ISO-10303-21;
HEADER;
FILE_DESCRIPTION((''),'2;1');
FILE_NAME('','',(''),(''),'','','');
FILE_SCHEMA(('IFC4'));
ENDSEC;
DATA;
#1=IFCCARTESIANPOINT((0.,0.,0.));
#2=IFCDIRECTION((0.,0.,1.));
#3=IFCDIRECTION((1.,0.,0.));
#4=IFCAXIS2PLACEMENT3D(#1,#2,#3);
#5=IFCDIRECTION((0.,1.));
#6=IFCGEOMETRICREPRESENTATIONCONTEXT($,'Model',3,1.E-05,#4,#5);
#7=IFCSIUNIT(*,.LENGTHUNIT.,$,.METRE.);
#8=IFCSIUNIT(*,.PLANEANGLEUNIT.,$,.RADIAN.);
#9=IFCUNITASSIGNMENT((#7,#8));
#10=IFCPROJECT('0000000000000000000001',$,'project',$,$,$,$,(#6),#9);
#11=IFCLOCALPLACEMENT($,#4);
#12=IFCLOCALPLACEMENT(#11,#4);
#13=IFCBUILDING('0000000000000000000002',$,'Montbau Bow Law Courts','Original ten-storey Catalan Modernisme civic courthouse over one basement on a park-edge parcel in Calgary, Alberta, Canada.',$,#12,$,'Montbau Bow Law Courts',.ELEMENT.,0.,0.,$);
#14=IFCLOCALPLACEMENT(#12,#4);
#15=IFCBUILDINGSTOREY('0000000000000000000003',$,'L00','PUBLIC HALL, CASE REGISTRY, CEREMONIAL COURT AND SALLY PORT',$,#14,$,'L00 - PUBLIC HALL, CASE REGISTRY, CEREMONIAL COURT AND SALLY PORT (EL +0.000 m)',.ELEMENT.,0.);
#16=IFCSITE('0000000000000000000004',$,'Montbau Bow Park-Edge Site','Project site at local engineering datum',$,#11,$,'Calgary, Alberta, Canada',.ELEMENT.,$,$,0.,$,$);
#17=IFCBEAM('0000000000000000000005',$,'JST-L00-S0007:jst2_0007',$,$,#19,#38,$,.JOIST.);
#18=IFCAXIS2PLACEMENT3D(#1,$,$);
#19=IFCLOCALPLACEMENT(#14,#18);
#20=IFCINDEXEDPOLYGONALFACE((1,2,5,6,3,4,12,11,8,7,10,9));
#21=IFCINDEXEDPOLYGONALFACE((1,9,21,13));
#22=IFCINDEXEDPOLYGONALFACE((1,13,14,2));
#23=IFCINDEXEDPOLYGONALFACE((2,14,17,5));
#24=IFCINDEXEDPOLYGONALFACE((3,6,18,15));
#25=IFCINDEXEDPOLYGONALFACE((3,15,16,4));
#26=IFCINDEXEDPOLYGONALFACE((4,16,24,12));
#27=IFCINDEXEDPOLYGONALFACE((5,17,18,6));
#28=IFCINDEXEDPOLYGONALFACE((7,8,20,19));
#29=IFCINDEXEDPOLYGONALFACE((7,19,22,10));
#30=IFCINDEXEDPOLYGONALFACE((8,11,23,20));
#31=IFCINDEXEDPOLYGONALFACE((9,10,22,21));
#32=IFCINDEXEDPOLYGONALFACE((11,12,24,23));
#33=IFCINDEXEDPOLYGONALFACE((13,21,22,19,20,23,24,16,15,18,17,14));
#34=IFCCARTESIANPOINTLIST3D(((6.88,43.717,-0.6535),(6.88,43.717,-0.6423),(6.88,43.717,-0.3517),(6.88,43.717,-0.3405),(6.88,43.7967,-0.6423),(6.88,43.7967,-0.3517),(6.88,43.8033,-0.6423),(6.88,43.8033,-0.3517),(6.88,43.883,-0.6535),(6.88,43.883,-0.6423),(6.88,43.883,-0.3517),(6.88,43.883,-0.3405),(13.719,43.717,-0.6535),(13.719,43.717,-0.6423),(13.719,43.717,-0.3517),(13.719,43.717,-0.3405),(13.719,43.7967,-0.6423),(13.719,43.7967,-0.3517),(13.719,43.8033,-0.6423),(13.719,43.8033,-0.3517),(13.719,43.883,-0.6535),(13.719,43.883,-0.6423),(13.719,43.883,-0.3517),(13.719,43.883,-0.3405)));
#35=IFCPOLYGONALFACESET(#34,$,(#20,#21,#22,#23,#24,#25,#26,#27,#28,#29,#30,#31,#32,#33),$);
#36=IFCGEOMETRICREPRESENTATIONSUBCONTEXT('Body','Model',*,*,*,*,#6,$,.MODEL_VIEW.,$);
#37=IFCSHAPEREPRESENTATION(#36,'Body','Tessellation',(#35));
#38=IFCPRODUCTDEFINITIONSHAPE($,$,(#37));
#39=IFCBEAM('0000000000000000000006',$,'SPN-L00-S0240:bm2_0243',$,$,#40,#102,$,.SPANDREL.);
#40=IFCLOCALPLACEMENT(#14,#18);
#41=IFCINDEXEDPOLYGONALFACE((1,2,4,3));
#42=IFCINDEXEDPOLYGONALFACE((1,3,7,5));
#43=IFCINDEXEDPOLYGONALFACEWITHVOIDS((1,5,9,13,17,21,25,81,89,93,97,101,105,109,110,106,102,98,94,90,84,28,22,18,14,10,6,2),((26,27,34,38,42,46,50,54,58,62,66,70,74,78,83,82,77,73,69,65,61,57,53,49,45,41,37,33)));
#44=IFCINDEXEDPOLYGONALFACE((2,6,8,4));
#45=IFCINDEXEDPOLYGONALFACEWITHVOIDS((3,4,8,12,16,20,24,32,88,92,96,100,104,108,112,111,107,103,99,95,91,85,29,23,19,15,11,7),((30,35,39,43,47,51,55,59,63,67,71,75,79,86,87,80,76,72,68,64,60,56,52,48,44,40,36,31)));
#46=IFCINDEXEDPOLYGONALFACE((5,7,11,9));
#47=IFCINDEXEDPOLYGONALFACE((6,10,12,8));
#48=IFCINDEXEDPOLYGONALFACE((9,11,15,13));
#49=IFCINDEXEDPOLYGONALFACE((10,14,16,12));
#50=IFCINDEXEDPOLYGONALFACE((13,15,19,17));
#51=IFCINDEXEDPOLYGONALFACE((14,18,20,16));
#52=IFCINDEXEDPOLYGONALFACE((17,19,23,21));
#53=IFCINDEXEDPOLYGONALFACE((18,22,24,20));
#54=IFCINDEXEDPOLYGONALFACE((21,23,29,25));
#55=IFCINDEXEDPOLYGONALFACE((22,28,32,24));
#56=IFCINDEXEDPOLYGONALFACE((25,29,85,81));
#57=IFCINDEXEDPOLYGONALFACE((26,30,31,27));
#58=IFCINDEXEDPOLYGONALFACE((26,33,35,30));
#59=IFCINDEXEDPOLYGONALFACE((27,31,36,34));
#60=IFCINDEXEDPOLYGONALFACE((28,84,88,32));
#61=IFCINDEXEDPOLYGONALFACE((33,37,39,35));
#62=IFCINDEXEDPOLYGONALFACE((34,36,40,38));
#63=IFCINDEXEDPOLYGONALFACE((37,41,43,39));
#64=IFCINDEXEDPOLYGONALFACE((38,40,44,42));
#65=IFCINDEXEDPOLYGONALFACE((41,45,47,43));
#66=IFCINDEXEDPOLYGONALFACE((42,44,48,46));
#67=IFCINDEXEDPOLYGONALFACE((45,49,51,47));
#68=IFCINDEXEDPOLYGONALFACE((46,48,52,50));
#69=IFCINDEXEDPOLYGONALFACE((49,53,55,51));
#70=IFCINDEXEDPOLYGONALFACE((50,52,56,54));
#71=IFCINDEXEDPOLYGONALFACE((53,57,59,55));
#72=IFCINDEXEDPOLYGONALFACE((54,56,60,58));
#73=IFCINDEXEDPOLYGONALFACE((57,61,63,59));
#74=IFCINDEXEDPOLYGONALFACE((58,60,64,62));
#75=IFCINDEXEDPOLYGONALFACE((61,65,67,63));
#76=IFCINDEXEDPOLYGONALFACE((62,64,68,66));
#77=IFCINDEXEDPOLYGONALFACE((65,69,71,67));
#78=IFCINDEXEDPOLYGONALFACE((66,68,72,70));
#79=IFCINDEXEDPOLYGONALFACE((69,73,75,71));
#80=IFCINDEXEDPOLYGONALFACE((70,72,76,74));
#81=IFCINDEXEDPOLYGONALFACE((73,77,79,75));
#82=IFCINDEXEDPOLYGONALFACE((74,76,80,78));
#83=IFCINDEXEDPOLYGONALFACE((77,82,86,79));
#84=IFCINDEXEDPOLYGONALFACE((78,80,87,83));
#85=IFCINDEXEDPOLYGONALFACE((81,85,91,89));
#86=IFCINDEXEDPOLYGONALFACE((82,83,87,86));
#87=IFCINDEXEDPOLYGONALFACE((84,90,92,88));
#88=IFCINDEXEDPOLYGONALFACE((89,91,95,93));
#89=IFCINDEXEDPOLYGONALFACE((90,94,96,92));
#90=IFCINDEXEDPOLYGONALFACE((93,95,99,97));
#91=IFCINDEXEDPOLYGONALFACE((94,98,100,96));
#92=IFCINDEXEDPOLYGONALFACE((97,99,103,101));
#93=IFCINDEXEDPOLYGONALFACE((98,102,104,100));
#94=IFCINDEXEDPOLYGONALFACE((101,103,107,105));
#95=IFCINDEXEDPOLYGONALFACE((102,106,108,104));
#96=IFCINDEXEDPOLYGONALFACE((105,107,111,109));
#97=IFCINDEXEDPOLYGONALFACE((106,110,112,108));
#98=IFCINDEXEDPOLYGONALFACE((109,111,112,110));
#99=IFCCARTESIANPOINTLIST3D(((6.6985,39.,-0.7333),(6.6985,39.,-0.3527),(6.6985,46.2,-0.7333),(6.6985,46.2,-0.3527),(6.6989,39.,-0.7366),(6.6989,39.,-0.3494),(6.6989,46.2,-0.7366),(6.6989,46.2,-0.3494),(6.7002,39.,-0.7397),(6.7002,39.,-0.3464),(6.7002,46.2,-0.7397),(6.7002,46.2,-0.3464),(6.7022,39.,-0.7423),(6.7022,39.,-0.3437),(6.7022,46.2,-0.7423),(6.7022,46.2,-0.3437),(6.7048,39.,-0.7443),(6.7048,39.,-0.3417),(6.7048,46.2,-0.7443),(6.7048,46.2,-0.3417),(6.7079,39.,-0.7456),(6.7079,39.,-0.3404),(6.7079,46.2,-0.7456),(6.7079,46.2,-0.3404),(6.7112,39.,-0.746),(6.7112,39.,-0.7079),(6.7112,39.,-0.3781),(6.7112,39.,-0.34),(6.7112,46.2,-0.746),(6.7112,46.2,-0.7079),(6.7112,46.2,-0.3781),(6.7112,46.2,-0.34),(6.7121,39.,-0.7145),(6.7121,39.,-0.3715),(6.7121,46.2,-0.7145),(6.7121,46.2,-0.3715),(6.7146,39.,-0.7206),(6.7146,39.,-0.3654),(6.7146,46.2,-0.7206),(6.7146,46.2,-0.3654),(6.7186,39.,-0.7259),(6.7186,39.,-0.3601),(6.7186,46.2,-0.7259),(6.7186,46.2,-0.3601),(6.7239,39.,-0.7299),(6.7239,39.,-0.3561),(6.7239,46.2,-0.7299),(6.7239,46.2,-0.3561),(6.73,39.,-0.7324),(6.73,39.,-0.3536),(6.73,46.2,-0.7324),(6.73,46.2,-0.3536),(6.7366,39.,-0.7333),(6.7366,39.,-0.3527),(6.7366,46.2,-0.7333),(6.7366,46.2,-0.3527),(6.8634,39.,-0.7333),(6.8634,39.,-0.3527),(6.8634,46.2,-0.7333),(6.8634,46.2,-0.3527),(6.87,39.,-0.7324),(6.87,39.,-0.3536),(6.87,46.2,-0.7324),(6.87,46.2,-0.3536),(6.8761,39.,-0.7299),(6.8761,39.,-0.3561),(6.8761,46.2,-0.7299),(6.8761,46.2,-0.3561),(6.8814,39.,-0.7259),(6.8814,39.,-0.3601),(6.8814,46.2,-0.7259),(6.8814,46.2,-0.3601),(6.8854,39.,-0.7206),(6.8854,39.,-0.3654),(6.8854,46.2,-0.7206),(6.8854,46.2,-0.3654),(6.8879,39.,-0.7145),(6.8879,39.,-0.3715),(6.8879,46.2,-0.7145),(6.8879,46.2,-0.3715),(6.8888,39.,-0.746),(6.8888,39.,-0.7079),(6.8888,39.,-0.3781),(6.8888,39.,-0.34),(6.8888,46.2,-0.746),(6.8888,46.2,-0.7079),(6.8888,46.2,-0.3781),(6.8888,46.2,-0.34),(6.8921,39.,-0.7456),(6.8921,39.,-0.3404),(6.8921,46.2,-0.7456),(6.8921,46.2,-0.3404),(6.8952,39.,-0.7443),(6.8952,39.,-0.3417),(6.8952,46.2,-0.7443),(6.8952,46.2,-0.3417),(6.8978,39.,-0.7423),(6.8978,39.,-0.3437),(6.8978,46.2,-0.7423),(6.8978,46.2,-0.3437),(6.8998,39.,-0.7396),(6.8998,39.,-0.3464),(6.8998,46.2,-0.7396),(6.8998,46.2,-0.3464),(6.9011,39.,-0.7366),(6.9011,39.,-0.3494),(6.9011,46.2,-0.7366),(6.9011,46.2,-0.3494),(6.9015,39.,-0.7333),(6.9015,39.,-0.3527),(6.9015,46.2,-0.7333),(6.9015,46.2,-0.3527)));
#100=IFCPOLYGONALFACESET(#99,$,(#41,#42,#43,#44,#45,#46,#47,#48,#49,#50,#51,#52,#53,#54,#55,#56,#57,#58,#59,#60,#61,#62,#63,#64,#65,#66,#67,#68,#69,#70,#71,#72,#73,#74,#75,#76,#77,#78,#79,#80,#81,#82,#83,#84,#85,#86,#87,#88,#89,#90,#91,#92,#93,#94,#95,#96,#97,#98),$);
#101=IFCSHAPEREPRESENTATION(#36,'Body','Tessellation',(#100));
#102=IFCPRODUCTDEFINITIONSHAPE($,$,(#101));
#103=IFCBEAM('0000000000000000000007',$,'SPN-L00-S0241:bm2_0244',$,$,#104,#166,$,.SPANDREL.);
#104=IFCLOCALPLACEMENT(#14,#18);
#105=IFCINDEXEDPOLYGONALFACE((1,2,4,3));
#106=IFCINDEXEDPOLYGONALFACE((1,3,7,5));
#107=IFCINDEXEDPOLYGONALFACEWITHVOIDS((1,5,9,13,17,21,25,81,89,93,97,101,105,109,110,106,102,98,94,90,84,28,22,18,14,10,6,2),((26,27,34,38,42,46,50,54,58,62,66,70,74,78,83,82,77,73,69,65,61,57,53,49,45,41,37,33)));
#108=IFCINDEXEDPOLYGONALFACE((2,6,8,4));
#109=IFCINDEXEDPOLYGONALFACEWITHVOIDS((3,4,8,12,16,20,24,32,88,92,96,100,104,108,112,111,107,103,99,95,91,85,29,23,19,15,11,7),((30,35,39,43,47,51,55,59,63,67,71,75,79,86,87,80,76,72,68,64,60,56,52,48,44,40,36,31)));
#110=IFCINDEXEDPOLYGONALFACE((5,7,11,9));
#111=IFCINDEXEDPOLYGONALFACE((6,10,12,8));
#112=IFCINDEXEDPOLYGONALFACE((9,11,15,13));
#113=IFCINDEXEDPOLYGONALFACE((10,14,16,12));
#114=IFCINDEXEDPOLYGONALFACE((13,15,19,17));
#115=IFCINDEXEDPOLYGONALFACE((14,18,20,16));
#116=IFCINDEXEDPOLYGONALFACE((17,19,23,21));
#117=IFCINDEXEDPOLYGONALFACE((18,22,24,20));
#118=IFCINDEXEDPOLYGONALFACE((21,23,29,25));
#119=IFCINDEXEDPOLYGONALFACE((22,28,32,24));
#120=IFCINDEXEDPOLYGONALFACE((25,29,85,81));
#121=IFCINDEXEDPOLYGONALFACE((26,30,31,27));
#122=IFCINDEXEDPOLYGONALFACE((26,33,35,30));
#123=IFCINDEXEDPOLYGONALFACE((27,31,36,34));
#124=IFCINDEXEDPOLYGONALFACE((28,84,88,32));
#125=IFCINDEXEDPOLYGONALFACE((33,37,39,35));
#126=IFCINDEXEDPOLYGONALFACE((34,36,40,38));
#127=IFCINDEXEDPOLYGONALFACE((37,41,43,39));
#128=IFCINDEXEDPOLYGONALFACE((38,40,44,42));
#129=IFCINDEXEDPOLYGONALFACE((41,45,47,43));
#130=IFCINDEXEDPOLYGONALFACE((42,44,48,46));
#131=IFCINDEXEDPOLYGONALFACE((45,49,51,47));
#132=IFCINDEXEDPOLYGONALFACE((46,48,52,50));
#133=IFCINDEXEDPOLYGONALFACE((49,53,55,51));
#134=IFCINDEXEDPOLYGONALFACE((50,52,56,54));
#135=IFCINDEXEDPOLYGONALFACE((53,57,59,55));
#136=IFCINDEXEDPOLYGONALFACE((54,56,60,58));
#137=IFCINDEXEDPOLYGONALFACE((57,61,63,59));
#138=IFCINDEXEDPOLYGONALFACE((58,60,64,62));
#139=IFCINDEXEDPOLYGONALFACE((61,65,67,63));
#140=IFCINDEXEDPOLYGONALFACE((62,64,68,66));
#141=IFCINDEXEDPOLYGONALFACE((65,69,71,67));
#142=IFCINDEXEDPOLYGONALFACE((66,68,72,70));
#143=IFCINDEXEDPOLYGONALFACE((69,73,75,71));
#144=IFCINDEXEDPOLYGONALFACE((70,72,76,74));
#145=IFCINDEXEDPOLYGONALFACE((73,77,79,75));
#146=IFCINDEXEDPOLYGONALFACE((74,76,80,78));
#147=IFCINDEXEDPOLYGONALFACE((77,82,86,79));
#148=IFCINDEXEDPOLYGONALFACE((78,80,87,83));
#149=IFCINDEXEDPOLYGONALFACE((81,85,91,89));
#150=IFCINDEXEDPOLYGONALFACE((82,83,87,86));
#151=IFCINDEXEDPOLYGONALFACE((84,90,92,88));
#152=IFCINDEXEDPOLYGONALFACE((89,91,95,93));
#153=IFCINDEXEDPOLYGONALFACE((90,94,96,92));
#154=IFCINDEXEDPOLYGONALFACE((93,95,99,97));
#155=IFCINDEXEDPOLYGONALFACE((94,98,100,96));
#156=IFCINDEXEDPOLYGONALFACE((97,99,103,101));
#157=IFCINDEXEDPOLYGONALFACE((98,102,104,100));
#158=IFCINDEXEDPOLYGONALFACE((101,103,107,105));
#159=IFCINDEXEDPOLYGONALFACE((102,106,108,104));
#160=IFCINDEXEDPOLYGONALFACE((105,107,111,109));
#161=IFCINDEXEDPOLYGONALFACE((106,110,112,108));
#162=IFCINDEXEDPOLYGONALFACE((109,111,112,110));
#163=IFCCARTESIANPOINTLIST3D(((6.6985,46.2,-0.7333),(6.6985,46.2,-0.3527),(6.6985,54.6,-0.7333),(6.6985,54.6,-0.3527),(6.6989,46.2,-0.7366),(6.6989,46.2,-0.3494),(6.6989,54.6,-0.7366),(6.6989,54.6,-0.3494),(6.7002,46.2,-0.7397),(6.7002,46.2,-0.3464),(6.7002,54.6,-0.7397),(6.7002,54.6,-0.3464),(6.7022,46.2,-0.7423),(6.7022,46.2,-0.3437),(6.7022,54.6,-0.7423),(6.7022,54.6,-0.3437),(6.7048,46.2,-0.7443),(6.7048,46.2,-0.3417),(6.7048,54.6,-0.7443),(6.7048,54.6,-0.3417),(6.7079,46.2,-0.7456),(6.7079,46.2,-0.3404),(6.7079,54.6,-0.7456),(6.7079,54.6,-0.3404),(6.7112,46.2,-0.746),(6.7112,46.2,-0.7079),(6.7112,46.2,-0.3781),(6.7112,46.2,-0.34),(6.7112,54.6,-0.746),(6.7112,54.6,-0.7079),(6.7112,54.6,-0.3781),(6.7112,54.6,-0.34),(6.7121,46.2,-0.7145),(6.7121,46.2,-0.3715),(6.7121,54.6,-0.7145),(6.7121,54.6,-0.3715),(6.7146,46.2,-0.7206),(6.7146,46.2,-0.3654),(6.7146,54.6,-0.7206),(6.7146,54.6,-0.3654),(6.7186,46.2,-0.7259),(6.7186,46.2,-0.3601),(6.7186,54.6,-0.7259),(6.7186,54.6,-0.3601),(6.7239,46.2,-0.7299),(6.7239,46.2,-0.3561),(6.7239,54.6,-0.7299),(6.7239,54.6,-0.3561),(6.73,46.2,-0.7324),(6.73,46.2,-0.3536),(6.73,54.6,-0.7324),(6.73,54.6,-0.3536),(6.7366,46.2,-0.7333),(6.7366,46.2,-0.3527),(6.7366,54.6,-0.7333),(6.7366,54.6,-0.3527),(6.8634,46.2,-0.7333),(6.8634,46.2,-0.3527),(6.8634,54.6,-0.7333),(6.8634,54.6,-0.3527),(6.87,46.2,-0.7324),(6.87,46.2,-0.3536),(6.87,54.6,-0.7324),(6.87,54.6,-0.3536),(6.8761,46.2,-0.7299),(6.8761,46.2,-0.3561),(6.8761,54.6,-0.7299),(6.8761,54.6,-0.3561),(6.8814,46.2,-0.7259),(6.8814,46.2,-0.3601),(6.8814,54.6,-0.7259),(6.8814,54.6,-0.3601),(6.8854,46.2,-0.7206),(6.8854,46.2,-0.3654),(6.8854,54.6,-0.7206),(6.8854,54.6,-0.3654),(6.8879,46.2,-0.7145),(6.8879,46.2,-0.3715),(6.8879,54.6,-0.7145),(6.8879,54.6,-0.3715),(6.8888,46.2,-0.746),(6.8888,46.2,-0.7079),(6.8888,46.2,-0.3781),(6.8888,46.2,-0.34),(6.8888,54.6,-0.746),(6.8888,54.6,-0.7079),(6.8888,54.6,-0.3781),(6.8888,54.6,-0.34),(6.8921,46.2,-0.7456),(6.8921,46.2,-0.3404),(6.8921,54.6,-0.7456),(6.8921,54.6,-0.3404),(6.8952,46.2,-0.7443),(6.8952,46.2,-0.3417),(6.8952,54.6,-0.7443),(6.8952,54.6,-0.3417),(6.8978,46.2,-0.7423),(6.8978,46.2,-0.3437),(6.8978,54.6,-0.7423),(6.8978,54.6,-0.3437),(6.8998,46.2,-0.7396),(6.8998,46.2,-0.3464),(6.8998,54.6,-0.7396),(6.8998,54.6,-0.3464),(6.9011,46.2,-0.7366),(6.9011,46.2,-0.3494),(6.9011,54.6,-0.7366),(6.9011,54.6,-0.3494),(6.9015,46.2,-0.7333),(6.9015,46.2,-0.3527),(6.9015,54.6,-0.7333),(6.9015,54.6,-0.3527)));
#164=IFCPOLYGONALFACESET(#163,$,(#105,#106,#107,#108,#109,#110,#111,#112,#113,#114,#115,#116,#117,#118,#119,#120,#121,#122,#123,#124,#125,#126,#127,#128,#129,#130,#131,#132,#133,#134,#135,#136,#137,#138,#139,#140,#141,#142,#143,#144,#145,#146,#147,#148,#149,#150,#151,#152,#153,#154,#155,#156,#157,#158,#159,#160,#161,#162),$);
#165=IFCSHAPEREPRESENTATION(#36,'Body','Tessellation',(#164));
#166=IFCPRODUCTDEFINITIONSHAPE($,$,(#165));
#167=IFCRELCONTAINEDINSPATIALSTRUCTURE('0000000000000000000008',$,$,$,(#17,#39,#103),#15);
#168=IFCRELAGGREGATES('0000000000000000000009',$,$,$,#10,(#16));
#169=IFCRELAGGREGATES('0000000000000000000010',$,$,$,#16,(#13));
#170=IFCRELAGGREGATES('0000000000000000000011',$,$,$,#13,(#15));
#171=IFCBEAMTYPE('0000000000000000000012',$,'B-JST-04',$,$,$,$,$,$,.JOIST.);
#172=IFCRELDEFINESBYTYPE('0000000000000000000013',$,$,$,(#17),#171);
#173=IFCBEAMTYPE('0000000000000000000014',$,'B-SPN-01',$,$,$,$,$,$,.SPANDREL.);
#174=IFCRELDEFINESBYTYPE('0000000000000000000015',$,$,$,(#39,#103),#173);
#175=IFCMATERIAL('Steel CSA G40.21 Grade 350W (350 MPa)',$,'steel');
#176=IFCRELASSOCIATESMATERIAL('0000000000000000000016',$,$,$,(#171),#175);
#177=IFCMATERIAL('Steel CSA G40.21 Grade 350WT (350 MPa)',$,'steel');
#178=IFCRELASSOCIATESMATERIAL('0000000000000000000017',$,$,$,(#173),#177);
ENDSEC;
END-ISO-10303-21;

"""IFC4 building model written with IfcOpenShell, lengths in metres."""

from ifc_helpers import new_model, si_unit, direction, frame, origin_with_axes, origin_2d_with_axis, place, context, subcontext, project, spatial, hollow_rectangle, i_section, extrude, material, material_profile, profile_set, type_object, element, save


model = new_model("IFC4")

# Units and contexts
model_context = context("Model", 3, precision=1e-05, world=origin_with_axes(), true_north=direction((0.0, 1.0)))
body_context = subcontext(model_context, "Body", "Model", "MODEL_VIEW")
ifc_project = project(units=[si_unit("LENGTHUNIT", "METRE"), si_unit("PLANEANGLEUNIT", "RADIAN")], contexts=[model_context])

# Site, building, storey
site_placement = place(None, origin_with_axes())
site = spatial("IfcSite", under=ifc_project, at=site_placement, Name="Montbau Bow Park-Edge Site", Description="Project site at local engineering datum", LongName="Calgary, Alberta, Canada", CompositionType="ELEMENT", RefElevation=0.0)
building_placement = place(site_placement, origin_with_axes())
building = spatial("IfcBuilding", under=site, at=building_placement, Name="Montbau Bow Law Courts", Description="Original ten-storey Catalan Modernisme civic courthouse over one basement on a park-edge parcel in Calgary, Alberta, Canada.", LongName="Montbau Bow Law Courts", CompositionType="ELEMENT", ElevationOfRefHeight=0.0, ElevationOfTerrain=0.0)
storey_placement = place(building_placement, origin_with_axes())
storey = spatial("IfcBuildingStorey", under=building, at=storey_placement, Name="L00", Description="PUBLIC HALL, CASE REGISTRY, CEREMONIAL COURT AND SALLY PORT", LongName="L00 - PUBLIC HALL, CASE REGISTRY, CEREMONIAL COURT AND SALLY PORT (EL +0.000 m)", CompositionType="ELEMENT", Elevation=0.0)

# Shared definitions
ifc_material_1 = material(Name="Steel CSA G40.21 Grade 350WT (350 MPa)", Category="steel")

# Beams
ifc_material_2 = material(Name="Steel CSA G40.21 Grade 350W (350 MPa)", Category="steel")
ifc_material_profile_1 = material_profile(ifc_material_2, i_section(OverallWidth=0.166, OverallDepth=0.313, WebThickness=0.0066, FlangeThickness=0.0112, at=origin_2d_with_axis()), Name="W310X45", Category="Main", Priority=0)
ifc_profile_set_1 = profile_set([ifc_material_profile_1], Name="Steel CSA G40.21 Grade 350W (350 MPa)")
beam_type_1 = type_object("IfcBeamType", Name="B-JST-04", PredefinedType="JOIST", material=ifc_profile_set_1)
beam_1_placement = place(None, frame((6.88, 43.8, -0.497), z_axis=(1.0, 0.0, 0.0), x_axis=(0.0, 1.0, 0.0)))
element("IfcBeam", 1, at=beam_1_placement, inside=storey, type_object=beam_type_1, Name="JST-L00-S0007:jst2_0007", PredefinedType="JOIST", context=body_context, shape_type="SweptSolid", body=[
    extrude(i_section(OverallWidth=0.166, OverallDepth=0.313, WebThickness=0.0066, FlangeThickness=0.0112, at=origin_2d_with_axis()), origin_with_axes(), (0.0, 0.0, 1.0), 6.839),
])
ifc_material_profile_2 = material_profile(ifc_material_1, hollow_rectangle(XDim=0.203, YDim=0.406, WallThickness=0.0127, InnerFilletRadius=0.0254, OuterFilletRadius=0.0127, at=origin_2d_with_axis()), Name="HSS406X203X13", Category="Main", Priority=0)
ifc_profile_set_2 = profile_set([ifc_material_profile_2], Name="Steel CSA G40.21 Grade 350WT (350 MPa)")
beam_type_2 = type_object("IfcBeamType", Name="B-SPN-01", PredefinedType="SPANDREL", material=ifc_profile_set_2)
beam_2_placement = place(None, frame((6.8, 39.0, -0.543), z_axis=(0.0, 1.0, 0.0), x_axis=(-1.0, 0.0, 0.0)))
element("IfcBeam", 2, at=beam_2_placement, inside=storey, type_object=beam_type_2, Name="SPN-L00-S0240:bm2_0243", PredefinedType="SPANDREL", context=body_context, shape_type="SweptSolid", body=[
    extrude(hollow_rectangle(XDim=0.203, YDim=0.406, WallThickness=0.0127, InnerFilletRadius=0.0254, OuterFilletRadius=0.0127, at=origin_2d_with_axis()), origin_with_axes(), (0.0, 0.0, 1.0), 7.2),
])
beam_3_placement = place(None, frame((6.8, 46.2, -0.543), z_axis=(0.0, 1.0, 0.0), x_axis=(-1.0, 0.0, 0.0)))
element("IfcBeam", 3, at=beam_3_placement, inside=storey, type_object=beam_type_2, Name="SPN-L00-S0241:bm2_0244", PredefinedType="SPANDREL", context=body_context, shape_type="SweptSolid", body=[
    extrude(hollow_rectangle(XDim=0.203, YDim=0.406, WallThickness=0.0127, InnerFilletRadius=0.0254, OuterFilletRadius=0.0127, at=origin_2d_with_axis()), origin_with_axes(), (0.0, 0.0, 1.0), 8.4),
])

save(model, "model.ifc")
